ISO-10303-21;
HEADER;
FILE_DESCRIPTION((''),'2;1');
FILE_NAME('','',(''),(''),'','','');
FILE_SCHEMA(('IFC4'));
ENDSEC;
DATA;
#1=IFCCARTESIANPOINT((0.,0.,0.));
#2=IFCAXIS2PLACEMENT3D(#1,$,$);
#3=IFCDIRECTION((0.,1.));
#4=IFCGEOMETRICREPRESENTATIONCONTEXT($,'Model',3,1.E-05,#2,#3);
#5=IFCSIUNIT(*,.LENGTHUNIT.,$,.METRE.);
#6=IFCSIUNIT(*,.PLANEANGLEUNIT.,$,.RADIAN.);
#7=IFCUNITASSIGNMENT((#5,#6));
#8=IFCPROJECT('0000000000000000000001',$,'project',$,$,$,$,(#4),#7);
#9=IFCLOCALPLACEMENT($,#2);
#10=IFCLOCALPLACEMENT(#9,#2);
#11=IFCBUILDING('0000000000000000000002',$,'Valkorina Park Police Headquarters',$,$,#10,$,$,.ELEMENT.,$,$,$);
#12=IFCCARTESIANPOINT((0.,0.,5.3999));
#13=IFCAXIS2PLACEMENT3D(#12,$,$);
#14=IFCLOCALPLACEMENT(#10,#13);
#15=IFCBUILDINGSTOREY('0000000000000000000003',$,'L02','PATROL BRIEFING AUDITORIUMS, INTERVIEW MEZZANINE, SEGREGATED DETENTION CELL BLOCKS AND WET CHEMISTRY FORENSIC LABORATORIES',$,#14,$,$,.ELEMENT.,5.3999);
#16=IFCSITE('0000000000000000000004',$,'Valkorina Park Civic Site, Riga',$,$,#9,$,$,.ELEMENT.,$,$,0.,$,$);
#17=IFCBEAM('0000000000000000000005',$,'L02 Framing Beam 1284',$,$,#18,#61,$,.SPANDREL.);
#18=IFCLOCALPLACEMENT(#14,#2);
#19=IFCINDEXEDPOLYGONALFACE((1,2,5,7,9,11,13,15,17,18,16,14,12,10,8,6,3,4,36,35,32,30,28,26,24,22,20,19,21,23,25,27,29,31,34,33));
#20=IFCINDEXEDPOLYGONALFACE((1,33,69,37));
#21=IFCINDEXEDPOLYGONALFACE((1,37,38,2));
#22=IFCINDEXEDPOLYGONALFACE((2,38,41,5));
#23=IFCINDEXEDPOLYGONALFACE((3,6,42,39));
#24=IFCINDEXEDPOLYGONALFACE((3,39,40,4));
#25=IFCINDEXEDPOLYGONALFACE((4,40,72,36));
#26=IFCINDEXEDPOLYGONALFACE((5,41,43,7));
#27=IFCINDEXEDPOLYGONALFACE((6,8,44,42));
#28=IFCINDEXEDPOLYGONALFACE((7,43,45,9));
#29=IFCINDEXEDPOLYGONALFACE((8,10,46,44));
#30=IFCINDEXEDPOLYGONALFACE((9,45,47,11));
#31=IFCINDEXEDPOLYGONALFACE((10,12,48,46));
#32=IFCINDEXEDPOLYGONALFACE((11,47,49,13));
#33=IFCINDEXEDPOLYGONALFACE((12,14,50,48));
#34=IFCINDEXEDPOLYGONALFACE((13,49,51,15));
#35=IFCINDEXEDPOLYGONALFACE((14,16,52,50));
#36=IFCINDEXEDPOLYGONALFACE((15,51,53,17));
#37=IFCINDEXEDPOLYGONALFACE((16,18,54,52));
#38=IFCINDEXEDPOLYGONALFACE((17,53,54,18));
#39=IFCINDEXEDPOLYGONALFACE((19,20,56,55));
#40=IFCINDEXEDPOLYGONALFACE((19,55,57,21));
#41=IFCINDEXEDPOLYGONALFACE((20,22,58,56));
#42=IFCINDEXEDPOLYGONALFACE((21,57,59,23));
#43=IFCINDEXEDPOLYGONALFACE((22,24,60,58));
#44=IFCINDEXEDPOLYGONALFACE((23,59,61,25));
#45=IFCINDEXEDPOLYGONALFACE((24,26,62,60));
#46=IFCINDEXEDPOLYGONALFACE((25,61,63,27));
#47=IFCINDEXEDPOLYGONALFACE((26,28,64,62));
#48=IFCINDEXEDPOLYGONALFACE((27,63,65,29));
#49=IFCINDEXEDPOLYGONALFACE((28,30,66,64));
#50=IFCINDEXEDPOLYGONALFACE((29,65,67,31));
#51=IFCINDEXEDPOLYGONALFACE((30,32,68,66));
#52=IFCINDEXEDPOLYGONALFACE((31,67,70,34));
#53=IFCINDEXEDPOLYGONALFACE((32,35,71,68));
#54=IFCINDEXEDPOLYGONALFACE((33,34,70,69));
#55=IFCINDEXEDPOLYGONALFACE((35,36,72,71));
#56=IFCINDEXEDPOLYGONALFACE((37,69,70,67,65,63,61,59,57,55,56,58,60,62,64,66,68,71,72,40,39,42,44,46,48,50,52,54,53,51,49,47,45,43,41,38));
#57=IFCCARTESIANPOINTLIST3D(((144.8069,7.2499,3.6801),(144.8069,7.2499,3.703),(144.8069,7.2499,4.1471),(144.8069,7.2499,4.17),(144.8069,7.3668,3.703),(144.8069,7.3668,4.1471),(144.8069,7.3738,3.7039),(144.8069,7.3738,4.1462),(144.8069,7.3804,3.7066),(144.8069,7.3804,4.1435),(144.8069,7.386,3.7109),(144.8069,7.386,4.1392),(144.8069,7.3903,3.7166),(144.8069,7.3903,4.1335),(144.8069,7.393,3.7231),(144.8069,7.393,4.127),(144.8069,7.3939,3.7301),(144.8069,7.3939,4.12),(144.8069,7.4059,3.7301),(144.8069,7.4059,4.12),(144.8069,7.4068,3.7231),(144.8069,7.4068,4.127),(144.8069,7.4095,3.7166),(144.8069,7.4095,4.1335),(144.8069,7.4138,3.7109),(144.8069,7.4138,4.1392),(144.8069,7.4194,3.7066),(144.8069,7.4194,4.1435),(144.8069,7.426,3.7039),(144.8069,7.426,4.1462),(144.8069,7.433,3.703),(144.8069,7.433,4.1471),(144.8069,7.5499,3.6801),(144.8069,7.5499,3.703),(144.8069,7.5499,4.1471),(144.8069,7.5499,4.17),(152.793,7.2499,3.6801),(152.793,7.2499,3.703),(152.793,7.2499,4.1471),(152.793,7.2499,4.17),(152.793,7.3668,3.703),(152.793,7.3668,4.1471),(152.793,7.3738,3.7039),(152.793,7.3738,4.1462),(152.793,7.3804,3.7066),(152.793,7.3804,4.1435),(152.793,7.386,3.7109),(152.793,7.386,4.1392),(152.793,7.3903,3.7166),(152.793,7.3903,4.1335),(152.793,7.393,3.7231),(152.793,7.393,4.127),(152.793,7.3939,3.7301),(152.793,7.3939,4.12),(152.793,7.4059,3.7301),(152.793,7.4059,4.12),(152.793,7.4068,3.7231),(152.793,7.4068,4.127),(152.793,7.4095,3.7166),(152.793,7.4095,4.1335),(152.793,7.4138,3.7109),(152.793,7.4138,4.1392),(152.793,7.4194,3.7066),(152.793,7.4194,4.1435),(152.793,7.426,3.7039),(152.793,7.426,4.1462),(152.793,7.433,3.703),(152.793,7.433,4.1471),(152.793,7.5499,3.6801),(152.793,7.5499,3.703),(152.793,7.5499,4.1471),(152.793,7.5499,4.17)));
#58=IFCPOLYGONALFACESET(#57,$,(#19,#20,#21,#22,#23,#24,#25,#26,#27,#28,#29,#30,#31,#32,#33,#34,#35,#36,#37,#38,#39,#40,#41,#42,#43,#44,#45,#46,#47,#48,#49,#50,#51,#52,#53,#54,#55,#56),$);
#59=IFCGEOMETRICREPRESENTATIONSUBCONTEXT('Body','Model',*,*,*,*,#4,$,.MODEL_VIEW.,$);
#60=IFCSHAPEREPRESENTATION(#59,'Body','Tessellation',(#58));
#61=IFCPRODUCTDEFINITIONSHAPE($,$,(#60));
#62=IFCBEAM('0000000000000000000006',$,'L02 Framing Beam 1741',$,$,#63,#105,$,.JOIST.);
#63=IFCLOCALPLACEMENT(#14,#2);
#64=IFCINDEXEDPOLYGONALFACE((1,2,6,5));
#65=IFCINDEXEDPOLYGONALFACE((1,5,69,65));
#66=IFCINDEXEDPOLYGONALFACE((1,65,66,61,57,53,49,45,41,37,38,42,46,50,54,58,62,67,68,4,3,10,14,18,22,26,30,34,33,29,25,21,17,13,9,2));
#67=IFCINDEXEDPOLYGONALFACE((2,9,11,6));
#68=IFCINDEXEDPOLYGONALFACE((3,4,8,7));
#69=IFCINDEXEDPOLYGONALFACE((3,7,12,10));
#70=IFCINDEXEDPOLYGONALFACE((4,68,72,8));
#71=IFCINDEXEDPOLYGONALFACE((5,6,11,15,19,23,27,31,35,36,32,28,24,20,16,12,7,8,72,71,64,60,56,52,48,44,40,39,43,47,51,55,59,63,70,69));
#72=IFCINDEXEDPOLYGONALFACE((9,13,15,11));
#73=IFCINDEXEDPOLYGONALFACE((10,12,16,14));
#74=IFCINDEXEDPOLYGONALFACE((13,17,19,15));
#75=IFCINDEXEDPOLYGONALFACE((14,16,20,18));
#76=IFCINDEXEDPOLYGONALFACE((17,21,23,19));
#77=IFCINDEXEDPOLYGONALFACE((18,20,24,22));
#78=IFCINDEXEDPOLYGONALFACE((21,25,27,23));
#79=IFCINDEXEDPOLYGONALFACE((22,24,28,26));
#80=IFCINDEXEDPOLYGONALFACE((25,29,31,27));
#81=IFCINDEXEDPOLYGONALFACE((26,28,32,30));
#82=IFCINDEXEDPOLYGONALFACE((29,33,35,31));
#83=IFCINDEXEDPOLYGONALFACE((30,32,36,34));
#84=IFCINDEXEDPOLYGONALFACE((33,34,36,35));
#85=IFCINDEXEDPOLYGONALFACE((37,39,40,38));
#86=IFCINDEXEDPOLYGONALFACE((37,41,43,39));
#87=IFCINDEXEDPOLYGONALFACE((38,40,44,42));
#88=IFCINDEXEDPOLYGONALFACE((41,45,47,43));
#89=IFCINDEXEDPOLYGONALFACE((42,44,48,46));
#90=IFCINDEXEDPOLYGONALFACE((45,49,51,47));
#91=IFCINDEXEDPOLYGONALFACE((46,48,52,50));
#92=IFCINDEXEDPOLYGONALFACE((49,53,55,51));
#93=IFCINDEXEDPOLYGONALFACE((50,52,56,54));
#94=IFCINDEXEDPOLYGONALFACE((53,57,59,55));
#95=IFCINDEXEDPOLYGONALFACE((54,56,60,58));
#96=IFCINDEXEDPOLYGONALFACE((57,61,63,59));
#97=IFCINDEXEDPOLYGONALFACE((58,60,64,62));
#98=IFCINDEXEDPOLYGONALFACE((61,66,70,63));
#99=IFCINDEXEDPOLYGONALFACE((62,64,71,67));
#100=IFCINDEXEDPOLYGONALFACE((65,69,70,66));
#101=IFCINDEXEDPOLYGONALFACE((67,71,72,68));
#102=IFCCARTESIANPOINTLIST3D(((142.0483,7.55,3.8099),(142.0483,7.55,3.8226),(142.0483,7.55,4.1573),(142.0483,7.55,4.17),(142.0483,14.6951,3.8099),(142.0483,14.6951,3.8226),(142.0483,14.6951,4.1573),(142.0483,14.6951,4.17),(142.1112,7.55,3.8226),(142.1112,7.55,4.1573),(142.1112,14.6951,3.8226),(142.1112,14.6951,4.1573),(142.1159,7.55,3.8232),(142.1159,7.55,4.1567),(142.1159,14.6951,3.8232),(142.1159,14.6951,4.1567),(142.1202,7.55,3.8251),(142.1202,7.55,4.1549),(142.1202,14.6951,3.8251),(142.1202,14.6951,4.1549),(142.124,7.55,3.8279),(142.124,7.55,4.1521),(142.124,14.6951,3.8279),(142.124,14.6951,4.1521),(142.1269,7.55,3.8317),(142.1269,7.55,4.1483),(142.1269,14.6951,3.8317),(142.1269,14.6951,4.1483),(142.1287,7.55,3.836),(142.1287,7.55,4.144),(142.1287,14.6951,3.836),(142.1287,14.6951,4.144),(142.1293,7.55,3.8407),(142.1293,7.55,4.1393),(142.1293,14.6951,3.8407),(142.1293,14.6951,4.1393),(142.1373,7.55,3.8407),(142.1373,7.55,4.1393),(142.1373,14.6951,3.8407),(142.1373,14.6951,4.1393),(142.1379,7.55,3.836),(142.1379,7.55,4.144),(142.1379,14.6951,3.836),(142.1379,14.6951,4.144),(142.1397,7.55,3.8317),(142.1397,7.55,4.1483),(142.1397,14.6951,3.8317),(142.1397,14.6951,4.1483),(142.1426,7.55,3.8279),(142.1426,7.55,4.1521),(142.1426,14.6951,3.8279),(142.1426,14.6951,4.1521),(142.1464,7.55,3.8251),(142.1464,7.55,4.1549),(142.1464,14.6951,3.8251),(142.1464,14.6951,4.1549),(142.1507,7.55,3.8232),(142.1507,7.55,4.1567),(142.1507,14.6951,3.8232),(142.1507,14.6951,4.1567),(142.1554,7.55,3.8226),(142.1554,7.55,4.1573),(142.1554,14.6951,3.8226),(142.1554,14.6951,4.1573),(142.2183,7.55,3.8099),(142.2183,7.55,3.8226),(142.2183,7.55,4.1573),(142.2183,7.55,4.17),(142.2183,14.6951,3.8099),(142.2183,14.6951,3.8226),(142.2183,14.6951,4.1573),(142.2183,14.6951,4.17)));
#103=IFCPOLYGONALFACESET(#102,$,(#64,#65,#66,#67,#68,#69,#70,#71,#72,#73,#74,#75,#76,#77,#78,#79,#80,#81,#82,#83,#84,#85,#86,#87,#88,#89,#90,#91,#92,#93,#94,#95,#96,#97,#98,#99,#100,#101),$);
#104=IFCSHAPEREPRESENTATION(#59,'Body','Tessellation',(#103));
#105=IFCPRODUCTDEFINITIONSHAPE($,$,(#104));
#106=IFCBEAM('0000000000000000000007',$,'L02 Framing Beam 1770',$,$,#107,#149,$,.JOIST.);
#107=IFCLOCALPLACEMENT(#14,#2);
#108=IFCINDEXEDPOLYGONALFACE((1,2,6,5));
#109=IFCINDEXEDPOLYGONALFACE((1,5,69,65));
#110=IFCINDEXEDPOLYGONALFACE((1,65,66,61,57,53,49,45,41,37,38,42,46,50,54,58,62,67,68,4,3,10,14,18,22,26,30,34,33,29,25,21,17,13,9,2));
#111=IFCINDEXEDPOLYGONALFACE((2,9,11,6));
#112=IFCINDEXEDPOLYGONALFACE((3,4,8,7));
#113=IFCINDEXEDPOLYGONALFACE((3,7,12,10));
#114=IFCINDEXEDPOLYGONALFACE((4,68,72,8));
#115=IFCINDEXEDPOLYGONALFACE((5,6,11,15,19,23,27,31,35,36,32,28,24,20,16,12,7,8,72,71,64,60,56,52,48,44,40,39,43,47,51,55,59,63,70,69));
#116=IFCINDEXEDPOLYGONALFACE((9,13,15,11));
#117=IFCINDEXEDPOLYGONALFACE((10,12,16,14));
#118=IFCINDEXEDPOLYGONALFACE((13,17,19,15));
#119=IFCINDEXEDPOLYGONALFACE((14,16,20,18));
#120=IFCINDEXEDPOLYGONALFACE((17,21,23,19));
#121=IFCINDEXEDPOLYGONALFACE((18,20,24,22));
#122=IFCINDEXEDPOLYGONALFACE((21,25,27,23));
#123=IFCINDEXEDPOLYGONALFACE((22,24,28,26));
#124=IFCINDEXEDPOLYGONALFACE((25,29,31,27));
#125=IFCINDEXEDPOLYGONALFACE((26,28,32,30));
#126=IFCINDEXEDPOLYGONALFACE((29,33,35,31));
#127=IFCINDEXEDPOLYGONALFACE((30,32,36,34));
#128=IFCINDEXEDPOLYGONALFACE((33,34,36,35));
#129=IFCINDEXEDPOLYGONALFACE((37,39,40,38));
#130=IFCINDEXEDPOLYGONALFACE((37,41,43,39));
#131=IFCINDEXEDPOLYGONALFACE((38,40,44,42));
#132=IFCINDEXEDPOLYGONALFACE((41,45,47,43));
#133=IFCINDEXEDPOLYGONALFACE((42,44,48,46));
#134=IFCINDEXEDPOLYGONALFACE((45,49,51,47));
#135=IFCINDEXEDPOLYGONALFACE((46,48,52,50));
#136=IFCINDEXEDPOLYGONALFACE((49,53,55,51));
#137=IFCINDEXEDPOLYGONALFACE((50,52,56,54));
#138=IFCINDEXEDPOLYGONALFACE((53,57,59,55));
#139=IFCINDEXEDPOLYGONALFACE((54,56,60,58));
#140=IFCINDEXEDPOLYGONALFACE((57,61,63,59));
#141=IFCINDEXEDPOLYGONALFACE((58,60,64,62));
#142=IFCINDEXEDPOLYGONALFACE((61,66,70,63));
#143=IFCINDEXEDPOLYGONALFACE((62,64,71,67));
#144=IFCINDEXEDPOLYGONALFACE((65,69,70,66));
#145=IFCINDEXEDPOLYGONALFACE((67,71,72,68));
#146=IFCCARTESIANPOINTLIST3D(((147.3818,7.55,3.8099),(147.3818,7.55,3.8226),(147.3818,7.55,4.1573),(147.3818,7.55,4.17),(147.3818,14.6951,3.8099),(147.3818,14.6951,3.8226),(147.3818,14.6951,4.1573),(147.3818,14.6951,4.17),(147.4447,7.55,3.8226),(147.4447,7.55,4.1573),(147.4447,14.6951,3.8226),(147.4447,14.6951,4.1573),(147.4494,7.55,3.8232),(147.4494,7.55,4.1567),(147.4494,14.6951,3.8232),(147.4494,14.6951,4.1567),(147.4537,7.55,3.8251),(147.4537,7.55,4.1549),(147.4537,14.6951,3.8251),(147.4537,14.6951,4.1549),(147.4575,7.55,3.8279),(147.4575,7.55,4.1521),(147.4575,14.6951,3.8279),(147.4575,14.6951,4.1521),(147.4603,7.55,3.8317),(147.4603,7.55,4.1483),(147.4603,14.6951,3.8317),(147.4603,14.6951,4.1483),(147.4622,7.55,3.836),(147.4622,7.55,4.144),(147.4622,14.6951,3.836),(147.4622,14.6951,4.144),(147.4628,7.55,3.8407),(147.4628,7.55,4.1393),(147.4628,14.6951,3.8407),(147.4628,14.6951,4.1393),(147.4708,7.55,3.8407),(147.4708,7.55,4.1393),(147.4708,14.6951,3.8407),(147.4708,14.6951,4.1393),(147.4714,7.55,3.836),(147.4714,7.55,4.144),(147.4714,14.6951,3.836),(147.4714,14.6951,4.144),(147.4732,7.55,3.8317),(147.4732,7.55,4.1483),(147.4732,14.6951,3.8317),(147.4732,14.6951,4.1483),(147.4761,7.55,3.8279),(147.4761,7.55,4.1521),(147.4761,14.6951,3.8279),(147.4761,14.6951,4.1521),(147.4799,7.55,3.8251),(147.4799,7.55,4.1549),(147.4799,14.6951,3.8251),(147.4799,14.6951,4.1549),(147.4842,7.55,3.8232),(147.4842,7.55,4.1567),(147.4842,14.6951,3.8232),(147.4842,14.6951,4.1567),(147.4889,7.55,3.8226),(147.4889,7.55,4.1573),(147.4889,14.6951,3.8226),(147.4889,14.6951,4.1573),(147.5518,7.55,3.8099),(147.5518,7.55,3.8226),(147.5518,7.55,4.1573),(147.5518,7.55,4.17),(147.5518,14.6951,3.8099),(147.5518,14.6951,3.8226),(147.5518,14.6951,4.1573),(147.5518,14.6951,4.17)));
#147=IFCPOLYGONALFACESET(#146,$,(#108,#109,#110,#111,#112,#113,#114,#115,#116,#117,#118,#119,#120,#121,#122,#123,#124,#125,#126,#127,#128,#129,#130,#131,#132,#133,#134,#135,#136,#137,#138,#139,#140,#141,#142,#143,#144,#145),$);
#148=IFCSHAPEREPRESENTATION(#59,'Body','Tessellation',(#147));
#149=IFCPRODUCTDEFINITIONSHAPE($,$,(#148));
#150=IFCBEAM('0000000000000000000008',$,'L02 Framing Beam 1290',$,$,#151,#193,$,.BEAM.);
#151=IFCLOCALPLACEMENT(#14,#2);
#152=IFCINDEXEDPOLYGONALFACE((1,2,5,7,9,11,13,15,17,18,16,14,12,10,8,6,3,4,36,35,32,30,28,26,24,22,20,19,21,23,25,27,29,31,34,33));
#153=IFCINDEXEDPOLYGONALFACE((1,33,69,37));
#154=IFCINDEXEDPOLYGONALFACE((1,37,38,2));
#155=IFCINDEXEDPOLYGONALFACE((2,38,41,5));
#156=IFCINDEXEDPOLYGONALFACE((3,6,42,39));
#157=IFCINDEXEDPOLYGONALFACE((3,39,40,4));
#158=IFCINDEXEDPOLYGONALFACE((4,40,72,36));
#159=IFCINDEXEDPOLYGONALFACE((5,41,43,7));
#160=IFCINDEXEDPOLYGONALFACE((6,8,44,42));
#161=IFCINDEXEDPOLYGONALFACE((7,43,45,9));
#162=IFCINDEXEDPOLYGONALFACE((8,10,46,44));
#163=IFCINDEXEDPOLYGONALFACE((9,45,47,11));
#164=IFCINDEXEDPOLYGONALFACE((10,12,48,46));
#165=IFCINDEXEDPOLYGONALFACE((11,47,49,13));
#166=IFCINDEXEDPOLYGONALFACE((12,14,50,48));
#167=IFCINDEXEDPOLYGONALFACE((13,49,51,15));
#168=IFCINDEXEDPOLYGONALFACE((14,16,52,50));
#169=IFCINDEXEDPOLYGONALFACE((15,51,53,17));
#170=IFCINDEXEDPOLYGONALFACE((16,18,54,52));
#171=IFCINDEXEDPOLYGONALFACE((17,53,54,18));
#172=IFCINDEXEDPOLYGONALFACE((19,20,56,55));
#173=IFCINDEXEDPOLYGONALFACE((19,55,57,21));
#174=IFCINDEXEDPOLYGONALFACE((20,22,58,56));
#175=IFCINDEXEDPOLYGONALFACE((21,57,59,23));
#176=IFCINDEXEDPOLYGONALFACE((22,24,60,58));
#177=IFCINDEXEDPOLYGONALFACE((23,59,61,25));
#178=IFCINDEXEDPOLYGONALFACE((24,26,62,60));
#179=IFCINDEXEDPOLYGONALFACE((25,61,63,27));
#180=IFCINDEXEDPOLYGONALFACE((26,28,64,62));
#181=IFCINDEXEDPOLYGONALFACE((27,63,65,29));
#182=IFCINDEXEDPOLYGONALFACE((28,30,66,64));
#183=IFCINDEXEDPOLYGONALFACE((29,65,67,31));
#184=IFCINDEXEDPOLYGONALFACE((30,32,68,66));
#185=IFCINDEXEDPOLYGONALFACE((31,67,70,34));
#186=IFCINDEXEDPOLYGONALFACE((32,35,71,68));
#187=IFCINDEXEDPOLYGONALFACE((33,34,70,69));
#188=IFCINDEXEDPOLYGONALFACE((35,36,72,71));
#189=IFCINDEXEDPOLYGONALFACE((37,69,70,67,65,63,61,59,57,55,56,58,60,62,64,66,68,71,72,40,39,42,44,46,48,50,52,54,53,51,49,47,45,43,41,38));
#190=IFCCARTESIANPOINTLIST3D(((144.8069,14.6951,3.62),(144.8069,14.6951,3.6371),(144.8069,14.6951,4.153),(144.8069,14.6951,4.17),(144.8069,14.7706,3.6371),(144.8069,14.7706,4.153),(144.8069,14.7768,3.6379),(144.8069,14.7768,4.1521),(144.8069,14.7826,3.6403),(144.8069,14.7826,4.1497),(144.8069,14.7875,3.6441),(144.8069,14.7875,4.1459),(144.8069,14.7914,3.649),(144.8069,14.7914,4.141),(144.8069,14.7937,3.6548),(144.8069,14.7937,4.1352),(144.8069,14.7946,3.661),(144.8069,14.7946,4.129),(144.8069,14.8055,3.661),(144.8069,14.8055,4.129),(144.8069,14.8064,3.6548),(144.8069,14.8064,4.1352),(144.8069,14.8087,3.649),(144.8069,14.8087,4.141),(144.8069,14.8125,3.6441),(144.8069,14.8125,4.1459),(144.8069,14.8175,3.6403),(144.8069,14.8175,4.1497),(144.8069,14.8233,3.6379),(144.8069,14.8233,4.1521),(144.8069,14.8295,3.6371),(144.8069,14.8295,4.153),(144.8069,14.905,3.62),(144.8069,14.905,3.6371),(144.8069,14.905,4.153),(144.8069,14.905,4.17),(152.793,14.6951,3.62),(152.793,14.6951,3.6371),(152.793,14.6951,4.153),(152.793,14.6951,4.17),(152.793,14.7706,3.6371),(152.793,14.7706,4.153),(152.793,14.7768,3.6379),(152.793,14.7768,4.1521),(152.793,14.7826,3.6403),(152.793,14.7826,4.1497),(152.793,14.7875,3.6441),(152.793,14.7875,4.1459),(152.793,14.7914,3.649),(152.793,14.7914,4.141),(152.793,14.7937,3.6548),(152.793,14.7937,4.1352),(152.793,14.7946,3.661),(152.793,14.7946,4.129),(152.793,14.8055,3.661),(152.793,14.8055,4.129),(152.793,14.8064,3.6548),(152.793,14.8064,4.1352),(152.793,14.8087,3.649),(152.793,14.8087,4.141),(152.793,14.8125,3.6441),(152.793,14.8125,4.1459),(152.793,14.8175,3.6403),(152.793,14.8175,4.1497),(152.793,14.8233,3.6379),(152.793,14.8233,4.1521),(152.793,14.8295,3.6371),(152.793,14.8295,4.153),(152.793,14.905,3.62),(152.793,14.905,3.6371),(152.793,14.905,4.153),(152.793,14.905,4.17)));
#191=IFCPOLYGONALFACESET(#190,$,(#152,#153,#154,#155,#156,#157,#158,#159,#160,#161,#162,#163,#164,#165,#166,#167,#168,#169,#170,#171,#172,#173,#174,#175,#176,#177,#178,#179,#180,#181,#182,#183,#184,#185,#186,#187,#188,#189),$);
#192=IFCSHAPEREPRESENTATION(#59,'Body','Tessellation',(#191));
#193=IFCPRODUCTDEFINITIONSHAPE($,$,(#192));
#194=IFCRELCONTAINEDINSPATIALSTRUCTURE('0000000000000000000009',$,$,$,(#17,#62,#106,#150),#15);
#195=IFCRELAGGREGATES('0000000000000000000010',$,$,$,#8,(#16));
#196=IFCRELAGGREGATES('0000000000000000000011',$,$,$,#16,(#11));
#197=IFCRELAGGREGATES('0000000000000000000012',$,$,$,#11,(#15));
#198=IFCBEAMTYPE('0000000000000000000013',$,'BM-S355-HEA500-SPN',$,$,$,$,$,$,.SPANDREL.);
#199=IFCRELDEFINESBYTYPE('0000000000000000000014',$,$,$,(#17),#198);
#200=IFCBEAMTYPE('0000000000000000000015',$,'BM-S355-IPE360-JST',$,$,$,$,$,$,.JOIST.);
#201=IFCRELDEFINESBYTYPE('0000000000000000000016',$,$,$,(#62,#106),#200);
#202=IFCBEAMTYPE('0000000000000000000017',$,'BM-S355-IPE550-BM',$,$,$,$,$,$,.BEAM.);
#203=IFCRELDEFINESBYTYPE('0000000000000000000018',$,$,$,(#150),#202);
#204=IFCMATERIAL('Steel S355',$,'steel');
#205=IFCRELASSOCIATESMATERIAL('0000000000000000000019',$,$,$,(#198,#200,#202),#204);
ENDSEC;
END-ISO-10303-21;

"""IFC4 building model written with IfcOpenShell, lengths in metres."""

from ifc_helpers import new_model, si_unit, direction, frame, origin, origin_2d, place, context, subcontext, project, spatial, i_section, extrude, material, material_profile, profile_set, type_object, element, save


model = new_model("IFC4")

# Units and contexts
model_context = context("Model", 3, precision=1e-05, world=origin(), true_north=direction((0.0, 1.0)))
body_context = subcontext(model_context, "Body", "Model", "MODEL_VIEW")
ifc_project = project(units=[si_unit("LENGTHUNIT", "METRE"), si_unit("PLANEANGLEUNIT", "RADIAN")], contexts=[model_context])

# Site, building, storey
site_placement = place(None, origin())
site = spatial("IfcSite", under=ifc_project, at=site_placement, Name="Valkorina Park Civic Site, Riga", CompositionType="ELEMENT", RefElevation=0.0)
building_placement = place(site_placement, origin())
building = spatial("IfcBuilding", under=site, at=building_placement, Name="Valkorina Park Police Headquarters", CompositionType="ELEMENT")
storey_placement = place(building_placement, frame((0.0, 0.0, 5.3999)))
storey = spatial("IfcBuildingStorey", under=building, at=storey_placement, Name="L02", Description="PATROL BRIEFING AUDITORIUMS, INTERVIEW MEZZANINE, SEGREGATED DETENTION CELL BLOCKS AND WET CHEMISTRY FORENSIC LABORATORIES", CompositionType="ELEMENT", Elevation=5.3999)

# Shared definitions
ifc_material_1 = material(Name="Steel S355", Category="steel")

# Beams
ifc_material_profile_1 = material_profile(ifc_material_1, i_section(OverallWidth=0.3, OverallDepth=0.49, WebThickness=0.012, FlangeThickness=0.0229, FilletRadius=0.0271, at=origin_2d()), Name="HEA 500")
ifc_profile_set_1 = profile_set([ifc_material_profile_1], Name="Steel S355")
beam_type_1 = type_object("IfcBeamType", Name="BM-S355-HEA500-SPN", PredefinedType="SPANDREL", material=ifc_profile_set_1)
beam_1_placement = place(storey_placement, frame((144.8069, 7.3999, 3.925), z_axis=(1.0, 0.0, 0.0), x_axis=(0.0, 1.0, 0.0)))
element("IfcBeam", 1, at=beam_1_placement, inside=storey, type_object=beam_type_1, Name="L02 Framing Beam 1284", PredefinedType="SPANDREL", context=body_context, shape_type="SweptSolid", body=[
    extrude(i_section(OverallWidth=0.3, OverallDepth=0.49, WebThickness=0.012, FlangeThickness=0.0229, FilletRadius=0.0271, at=origin_2d()), origin(), (0.0, 0.0, 1.0), 7.9861),
])
ifc_material_profile_2 = material_profile(ifc_material_1, i_section(OverallWidth=0.1699, OverallDepth=0.3601, WebThickness=0.0081, FlangeThickness=0.0127, FilletRadius=0.0181, at=origin_2d()), Name="IPE 360")
ifc_profile_set_2 = profile_set([ifc_material_profile_2], Name="Steel S355")
beam_type_2 = type_object("IfcBeamType", Name="BM-S355-IPE360-JST", PredefinedType="JOIST", material=ifc_profile_set_2)
for number, where, z_axis, x_axis, name in (
    (2, (142.1333, 7.55, 3.99), (0.0, 1.0, 0.0), (-1.0, 0.0, 0.0), "L02 Framing Beam 1741"),
    (3, (147.4668, 7.55, 3.99), (0.0, 1.0, 0.0), (-1.0, 0.0, 0.0), "L02 Framing Beam 1770"),
):
    element("IfcBeam", number, at=place(storey_placement, frame(where, z_axis=z_axis, x_axis=x_axis)), inside=storey, type_object=beam_type_2, Name=name, PredefinedType="JOIST", context=body_context, shape_type="SweptSolid", body=[
        extrude(i_section(OverallWidth=0.1699, OverallDepth=0.3601, WebThickness=0.0081, FlangeThickness=0.0127, FilletRadius=0.0181, at=origin_2d()), origin(), (0.0, 0.0, 1.0), 7.145),
    ])
ifc_material_profile_3 = material_profile(ifc_material_1, i_section(OverallWidth=0.21, OverallDepth=0.55, WebThickness=0.011, FlangeThickness=0.0171, FilletRadius=0.0239, at=origin_2d()), Name="IPE 550")
ifc_profile_set_3 = profile_set([ifc_material_profile_3], Name="Steel S355")
beam_type_3 = type_object("IfcBeamType", Name="BM-S355-IPE550-BM", PredefinedType="BEAM", material=ifc_profile_set_3)
beam_2_placement = place(storey_placement, frame((144.8069, 14.8, 3.895), z_axis=(1.0, 0.0, 0.0), x_axis=(0.0, 1.0, 0.0)))
element("IfcBeam", 4, at=beam_2_placement, inside=storey, type_object=beam_type_3, Name="L02 Framing Beam 1290", PredefinedType="BEAM", context=body_context, shape_type="SweptSolid", body=[
    extrude(i_section(OverallWidth=0.21, OverallDepth=0.55, WebThickness=0.011, FlangeThickness=0.0171, FilletRadius=0.0239, at=origin_2d()), origin(), (0.0, 0.0, 1.0), 7.9861),
])

save(model, "model.ifc")
